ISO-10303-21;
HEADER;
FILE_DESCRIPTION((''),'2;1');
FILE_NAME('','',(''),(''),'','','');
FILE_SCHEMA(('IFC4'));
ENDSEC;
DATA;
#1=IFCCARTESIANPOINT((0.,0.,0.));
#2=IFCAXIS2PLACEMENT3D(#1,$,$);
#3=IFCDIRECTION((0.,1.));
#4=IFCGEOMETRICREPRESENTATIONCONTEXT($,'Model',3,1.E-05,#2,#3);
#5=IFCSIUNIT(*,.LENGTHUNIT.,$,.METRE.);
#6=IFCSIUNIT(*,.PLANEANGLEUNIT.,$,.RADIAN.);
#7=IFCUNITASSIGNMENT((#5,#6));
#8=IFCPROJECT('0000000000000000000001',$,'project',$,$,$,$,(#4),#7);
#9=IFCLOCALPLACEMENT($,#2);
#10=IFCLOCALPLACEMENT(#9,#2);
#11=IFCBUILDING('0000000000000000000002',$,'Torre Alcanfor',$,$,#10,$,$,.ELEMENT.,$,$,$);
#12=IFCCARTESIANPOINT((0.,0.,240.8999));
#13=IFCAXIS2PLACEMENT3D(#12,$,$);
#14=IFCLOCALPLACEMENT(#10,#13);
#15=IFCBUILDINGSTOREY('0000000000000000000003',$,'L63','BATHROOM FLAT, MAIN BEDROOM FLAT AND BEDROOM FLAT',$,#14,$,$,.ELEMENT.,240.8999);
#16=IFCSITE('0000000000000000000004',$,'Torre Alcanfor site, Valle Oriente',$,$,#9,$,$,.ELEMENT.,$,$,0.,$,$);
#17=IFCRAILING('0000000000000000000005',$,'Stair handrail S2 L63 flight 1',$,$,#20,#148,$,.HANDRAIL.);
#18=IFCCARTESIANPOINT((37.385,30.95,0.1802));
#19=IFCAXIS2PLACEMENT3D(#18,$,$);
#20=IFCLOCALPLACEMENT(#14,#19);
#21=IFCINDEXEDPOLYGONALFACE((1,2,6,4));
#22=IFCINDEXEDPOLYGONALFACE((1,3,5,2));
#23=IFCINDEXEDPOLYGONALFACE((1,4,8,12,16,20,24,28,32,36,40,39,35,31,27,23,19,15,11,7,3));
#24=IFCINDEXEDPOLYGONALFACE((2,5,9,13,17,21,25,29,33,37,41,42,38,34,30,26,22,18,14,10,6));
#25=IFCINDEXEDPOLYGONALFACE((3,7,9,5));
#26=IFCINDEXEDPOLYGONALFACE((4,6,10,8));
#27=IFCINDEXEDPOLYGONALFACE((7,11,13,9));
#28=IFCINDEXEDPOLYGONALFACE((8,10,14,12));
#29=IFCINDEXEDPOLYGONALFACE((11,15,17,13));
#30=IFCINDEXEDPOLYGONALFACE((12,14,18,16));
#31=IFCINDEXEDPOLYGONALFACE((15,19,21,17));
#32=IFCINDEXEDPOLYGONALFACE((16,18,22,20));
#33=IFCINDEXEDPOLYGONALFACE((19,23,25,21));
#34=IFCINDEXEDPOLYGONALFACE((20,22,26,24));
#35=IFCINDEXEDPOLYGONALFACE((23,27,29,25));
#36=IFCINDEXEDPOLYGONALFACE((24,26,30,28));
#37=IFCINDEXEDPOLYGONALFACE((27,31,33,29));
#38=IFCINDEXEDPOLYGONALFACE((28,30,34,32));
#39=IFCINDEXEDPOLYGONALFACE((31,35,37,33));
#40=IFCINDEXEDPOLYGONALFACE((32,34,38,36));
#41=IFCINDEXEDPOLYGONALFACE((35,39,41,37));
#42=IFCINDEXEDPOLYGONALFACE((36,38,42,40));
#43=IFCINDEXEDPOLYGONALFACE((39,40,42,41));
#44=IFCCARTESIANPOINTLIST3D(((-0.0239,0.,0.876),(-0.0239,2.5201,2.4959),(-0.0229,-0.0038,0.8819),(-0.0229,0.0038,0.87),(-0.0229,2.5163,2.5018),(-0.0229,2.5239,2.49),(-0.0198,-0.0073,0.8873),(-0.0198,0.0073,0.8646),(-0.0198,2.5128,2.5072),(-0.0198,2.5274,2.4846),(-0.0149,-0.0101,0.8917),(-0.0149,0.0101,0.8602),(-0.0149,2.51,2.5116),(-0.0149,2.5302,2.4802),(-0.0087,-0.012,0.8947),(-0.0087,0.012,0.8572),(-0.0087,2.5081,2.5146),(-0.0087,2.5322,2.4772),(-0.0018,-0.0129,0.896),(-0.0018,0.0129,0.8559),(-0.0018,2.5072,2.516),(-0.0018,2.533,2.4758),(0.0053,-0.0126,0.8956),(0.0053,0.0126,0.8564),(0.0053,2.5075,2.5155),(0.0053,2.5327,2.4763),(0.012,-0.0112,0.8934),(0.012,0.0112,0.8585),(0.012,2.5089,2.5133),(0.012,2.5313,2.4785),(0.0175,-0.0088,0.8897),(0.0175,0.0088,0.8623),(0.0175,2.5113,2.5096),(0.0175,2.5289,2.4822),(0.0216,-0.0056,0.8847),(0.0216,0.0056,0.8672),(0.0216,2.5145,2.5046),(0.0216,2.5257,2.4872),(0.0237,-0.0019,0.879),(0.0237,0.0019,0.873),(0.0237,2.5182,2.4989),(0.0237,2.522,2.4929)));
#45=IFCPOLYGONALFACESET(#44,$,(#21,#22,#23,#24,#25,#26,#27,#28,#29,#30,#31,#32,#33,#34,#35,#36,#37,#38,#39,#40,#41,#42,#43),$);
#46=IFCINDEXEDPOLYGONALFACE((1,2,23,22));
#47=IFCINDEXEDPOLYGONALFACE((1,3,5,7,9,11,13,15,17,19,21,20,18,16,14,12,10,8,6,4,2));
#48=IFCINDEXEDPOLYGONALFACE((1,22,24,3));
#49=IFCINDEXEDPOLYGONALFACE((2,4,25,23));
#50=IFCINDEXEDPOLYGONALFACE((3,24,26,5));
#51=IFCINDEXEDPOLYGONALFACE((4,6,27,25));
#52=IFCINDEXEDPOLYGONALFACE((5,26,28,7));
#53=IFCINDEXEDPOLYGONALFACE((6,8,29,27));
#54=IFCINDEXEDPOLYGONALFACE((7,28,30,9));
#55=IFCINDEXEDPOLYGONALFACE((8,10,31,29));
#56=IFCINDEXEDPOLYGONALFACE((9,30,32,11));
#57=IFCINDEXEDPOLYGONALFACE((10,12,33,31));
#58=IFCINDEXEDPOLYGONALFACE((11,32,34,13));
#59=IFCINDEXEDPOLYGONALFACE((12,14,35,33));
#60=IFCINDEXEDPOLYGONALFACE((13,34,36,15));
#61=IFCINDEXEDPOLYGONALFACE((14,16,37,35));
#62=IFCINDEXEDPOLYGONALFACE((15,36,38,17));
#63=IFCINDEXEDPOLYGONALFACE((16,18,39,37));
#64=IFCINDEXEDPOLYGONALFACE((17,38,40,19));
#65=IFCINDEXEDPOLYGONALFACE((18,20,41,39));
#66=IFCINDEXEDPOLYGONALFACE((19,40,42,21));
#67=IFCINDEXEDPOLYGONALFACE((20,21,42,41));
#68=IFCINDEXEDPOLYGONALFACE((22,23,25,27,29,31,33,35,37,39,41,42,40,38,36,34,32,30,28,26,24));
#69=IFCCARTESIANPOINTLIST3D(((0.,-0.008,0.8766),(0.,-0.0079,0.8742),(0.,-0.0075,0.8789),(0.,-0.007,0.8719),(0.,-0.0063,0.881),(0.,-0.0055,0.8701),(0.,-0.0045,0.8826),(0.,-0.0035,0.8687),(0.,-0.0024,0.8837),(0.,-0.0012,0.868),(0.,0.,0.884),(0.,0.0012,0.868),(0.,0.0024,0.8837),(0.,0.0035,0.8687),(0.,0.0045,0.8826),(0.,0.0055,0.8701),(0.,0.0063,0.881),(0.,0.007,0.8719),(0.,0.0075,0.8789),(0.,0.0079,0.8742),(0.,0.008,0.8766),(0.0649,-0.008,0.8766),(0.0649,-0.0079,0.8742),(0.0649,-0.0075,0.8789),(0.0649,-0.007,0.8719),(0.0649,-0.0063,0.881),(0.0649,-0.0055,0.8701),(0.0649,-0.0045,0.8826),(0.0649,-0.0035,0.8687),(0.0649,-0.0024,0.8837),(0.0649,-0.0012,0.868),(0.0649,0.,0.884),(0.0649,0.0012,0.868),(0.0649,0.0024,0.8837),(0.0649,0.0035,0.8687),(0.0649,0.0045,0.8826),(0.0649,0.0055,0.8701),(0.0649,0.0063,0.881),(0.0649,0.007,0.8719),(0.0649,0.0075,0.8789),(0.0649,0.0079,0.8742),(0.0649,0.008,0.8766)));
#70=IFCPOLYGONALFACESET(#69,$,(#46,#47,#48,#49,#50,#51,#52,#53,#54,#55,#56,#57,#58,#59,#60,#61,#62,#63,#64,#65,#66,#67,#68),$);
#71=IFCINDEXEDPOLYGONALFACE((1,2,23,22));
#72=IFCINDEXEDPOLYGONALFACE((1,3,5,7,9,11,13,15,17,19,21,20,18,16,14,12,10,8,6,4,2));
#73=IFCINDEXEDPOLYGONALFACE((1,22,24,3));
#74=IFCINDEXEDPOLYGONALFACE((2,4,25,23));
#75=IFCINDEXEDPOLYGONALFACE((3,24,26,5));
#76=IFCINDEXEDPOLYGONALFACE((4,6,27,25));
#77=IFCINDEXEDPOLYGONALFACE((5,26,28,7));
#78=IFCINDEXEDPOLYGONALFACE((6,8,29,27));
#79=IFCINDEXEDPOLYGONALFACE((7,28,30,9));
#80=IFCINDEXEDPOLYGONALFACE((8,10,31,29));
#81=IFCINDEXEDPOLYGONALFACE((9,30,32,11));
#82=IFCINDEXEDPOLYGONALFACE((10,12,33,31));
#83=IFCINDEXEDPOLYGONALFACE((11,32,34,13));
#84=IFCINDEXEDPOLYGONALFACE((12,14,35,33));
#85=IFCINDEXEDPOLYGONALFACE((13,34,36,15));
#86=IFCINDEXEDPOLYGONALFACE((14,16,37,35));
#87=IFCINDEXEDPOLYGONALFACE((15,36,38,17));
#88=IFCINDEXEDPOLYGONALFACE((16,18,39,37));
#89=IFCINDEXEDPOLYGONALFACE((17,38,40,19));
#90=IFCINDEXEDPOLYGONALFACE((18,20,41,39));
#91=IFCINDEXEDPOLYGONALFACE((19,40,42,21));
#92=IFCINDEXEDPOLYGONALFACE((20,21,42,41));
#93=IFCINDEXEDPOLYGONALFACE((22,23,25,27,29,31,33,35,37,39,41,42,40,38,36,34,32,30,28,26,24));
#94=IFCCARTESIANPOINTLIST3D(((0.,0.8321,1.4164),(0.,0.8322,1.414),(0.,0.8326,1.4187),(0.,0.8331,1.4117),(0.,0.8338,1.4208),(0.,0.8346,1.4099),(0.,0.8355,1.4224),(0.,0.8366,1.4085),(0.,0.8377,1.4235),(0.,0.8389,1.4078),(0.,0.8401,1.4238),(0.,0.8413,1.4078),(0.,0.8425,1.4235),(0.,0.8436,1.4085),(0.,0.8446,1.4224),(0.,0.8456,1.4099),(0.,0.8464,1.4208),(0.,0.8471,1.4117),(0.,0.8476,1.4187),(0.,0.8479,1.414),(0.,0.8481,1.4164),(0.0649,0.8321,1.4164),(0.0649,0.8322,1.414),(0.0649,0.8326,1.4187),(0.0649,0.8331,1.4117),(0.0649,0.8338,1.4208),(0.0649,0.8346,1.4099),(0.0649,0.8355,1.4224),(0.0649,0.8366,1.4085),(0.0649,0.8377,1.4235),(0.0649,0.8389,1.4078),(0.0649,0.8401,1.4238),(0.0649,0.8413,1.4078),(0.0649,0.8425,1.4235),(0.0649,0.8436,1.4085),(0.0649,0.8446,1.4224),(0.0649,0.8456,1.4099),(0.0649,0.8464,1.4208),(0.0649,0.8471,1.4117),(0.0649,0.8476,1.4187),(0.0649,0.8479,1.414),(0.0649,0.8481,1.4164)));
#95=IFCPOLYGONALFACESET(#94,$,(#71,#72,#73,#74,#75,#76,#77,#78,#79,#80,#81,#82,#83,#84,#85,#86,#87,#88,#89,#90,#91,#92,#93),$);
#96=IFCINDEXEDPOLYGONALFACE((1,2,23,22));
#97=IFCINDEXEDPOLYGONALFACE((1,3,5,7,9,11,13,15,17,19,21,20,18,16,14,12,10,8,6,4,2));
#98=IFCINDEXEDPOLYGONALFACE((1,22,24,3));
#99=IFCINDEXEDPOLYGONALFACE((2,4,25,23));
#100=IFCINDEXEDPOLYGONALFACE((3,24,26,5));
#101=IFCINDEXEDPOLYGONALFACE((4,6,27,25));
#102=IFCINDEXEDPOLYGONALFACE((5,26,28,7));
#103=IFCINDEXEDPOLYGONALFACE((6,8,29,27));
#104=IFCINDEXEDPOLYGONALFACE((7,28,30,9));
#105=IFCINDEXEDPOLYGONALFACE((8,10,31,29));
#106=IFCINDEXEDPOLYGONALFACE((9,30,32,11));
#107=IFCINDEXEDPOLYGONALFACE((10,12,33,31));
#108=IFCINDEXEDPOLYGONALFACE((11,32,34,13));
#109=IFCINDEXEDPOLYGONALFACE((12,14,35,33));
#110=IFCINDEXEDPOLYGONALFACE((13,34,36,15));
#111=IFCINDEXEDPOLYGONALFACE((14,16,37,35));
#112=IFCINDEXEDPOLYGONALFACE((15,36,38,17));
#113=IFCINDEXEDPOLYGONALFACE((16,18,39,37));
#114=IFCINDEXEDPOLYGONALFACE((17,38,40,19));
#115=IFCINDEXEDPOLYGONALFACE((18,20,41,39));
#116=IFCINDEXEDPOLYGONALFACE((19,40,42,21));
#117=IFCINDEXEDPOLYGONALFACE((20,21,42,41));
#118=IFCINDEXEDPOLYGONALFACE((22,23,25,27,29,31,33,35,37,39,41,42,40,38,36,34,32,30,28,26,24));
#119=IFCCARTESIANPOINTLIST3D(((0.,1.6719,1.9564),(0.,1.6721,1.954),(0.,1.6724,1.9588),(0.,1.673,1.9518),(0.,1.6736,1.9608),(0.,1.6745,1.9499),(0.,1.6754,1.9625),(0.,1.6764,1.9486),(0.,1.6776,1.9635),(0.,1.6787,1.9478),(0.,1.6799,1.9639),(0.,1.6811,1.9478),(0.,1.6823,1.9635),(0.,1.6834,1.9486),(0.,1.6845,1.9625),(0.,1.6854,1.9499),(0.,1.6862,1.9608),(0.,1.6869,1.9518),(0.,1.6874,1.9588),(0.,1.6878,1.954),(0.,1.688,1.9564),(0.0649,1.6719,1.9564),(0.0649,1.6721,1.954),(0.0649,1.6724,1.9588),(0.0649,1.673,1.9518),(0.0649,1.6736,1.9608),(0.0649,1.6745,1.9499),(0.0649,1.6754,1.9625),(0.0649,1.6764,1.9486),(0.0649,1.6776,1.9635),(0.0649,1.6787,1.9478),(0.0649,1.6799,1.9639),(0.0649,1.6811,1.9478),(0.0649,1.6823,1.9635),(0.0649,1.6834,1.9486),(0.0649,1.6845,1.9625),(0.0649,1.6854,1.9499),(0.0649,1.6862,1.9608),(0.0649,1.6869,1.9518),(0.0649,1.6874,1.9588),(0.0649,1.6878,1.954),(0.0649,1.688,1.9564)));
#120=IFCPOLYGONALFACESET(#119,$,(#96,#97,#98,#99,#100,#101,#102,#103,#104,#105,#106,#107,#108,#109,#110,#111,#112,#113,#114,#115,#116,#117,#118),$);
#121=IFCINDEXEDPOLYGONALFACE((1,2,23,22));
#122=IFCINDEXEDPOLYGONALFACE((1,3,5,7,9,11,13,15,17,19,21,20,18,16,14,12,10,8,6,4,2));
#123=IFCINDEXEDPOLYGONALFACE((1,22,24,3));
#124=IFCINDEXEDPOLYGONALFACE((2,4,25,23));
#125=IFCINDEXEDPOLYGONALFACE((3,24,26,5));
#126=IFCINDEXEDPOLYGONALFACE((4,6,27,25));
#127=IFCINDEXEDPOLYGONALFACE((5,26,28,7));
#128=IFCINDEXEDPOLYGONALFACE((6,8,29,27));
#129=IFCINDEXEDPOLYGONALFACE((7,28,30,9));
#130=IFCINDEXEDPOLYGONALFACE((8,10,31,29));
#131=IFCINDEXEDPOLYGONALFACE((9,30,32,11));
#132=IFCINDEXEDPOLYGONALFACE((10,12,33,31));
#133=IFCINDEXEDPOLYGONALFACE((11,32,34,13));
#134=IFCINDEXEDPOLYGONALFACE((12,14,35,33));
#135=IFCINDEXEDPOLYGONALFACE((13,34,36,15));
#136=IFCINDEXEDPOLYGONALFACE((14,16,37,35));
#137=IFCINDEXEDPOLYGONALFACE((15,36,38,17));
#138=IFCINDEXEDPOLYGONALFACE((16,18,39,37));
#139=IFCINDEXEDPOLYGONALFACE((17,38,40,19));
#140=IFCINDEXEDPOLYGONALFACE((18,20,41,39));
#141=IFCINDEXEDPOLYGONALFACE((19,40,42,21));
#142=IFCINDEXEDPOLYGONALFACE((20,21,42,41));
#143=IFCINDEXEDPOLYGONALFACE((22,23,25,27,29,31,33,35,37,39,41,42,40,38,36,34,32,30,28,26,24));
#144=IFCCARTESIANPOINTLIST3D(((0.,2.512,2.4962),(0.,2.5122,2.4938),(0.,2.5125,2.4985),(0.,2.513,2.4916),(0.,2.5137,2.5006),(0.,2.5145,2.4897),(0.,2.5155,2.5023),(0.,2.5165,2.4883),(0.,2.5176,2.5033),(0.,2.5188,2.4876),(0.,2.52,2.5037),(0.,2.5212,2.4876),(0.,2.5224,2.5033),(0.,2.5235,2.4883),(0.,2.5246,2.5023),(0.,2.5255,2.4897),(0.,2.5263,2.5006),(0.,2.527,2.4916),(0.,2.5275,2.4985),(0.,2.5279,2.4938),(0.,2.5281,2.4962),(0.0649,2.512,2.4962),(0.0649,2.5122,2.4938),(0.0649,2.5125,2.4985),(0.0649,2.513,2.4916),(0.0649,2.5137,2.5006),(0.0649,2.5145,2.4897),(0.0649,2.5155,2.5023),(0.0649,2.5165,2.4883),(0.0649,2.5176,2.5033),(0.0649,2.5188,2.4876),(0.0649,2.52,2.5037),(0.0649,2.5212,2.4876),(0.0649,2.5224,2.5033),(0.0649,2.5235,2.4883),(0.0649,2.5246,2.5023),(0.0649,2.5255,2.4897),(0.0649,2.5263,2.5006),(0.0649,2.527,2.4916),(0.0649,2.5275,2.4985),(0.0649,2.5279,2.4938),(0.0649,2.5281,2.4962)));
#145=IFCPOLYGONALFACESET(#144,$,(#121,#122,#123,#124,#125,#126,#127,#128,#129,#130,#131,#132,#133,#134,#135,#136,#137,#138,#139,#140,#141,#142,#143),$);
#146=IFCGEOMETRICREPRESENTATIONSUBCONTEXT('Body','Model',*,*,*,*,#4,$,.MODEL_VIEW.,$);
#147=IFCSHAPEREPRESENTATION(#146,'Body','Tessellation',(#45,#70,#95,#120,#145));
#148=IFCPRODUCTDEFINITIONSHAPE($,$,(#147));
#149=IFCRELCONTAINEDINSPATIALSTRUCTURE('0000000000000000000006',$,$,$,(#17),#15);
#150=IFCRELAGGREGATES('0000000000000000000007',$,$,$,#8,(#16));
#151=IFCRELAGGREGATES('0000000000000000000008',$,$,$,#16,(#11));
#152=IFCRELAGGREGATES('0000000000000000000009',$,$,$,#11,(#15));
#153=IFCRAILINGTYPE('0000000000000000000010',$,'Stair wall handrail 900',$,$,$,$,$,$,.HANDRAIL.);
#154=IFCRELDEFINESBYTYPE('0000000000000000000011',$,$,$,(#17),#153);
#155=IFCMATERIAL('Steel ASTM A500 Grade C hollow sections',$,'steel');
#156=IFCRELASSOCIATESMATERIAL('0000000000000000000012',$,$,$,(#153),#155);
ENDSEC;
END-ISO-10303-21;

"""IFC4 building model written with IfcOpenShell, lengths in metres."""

from ifc_helpers import new_model, si_unit, direction, frame, origin, origin_2d, place, context, subcontext, project, spatial, circle, extrude, material, type_object, element, save


model = new_model("IFC4")

# Units and contexts
model_context = context("Model", 3, precision=1e-05, world=origin(), true_north=direction((0.0, 1.0)))
body_context = subcontext(model_context, "Body", "Model", "MODEL_VIEW")
ifc_project = project(units=[si_unit("LENGTHUNIT", "METRE"), si_unit("PLANEANGLEUNIT", "RADIAN")], contexts=[model_context])

# Site, building, storey
site_placement = place(None, origin())
site = spatial("IfcSite", under=ifc_project, at=site_placement, Name="Torre Alcanfor site, Valle Oriente", CompositionType="ELEMENT", RefElevation=0.0)
building_placement = place(site_placement, origin())
building = spatial("IfcBuilding", under=site, at=building_placement, Name="Torre Alcanfor", CompositionType="ELEMENT")
storey_placement = place(building_placement, frame((0.0, 0.0, 240.8999)))
storey = spatial("IfcBuildingStorey", under=building, at=storey_placement, Name="L63", Description="BATHROOM FLAT, MAIN BEDROOM FLAT AND BEDROOM FLAT", CompositionType="ELEMENT", Elevation=240.8999)

# Railing
ifc_material_1 = material(Name="Steel ASTM A500 Grade C hollow sections", Category="steel")
railing_type_1 = type_object("IfcRailingType", Name="Stair wall handrail 900", PredefinedType="HANDRAIL", material=ifc_material_1)
railing_1_placement = place(storey_placement, frame((37.385, 30.95, 0.1802)))
element("IfcRailing", 1, at=railing_1_placement, inside=storey, type_object=railing_type_1, Name="Stair handrail S2 L63 flight 1", PredefinedType="HANDRAIL", context=body_context, shape_type="SweptSolid", body=[
    extrude(circle(Radius=0.0239, at=origin_2d()), frame((0.0, 0.0, 0.876), z_axis=(0.0, 0.8412, 0.540725), x_axis=(-1.0, 0.0, 0.0)), (0.0, 0.0, 1.0), 2.9958),
    extrude(circle(Radius=0.0081, at=origin_2d()), frame((0.0, 0.0, 0.876), z_axis=(1.0, 0.0, 0.0), x_axis=(0.0, 0.0, 1.0)), (0.0, 0.0, 1.0), 0.0649),
    extrude(circle(Radius=0.0081, at=origin_2d()), frame((0.0, 0.8401, 1.4158), z_axis=(1.0, 0.0, 0.0), x_axis=(0.0, 0.0, 1.0)), (0.0, 0.0, 1.0), 0.0649),
    extrude(circle(Radius=0.0081, at=origin_2d()), frame((0.0, 1.6799, 1.9558), z_axis=(1.0, 0.0, 0.0), x_axis=(0.0, 0.0, 1.0)), (0.0, 0.0, 1.0), 0.0649),
    extrude(circle(Radius=0.0081, at=origin_2d()), frame((0.0, 2.52, 2.4956), z_axis=(1.0, 0.0, 0.0), x_axis=(0.0, 0.0, 1.0)), (0.0, 0.0, 1.0), 0.0649),
])

save(model, "model.ifc")
